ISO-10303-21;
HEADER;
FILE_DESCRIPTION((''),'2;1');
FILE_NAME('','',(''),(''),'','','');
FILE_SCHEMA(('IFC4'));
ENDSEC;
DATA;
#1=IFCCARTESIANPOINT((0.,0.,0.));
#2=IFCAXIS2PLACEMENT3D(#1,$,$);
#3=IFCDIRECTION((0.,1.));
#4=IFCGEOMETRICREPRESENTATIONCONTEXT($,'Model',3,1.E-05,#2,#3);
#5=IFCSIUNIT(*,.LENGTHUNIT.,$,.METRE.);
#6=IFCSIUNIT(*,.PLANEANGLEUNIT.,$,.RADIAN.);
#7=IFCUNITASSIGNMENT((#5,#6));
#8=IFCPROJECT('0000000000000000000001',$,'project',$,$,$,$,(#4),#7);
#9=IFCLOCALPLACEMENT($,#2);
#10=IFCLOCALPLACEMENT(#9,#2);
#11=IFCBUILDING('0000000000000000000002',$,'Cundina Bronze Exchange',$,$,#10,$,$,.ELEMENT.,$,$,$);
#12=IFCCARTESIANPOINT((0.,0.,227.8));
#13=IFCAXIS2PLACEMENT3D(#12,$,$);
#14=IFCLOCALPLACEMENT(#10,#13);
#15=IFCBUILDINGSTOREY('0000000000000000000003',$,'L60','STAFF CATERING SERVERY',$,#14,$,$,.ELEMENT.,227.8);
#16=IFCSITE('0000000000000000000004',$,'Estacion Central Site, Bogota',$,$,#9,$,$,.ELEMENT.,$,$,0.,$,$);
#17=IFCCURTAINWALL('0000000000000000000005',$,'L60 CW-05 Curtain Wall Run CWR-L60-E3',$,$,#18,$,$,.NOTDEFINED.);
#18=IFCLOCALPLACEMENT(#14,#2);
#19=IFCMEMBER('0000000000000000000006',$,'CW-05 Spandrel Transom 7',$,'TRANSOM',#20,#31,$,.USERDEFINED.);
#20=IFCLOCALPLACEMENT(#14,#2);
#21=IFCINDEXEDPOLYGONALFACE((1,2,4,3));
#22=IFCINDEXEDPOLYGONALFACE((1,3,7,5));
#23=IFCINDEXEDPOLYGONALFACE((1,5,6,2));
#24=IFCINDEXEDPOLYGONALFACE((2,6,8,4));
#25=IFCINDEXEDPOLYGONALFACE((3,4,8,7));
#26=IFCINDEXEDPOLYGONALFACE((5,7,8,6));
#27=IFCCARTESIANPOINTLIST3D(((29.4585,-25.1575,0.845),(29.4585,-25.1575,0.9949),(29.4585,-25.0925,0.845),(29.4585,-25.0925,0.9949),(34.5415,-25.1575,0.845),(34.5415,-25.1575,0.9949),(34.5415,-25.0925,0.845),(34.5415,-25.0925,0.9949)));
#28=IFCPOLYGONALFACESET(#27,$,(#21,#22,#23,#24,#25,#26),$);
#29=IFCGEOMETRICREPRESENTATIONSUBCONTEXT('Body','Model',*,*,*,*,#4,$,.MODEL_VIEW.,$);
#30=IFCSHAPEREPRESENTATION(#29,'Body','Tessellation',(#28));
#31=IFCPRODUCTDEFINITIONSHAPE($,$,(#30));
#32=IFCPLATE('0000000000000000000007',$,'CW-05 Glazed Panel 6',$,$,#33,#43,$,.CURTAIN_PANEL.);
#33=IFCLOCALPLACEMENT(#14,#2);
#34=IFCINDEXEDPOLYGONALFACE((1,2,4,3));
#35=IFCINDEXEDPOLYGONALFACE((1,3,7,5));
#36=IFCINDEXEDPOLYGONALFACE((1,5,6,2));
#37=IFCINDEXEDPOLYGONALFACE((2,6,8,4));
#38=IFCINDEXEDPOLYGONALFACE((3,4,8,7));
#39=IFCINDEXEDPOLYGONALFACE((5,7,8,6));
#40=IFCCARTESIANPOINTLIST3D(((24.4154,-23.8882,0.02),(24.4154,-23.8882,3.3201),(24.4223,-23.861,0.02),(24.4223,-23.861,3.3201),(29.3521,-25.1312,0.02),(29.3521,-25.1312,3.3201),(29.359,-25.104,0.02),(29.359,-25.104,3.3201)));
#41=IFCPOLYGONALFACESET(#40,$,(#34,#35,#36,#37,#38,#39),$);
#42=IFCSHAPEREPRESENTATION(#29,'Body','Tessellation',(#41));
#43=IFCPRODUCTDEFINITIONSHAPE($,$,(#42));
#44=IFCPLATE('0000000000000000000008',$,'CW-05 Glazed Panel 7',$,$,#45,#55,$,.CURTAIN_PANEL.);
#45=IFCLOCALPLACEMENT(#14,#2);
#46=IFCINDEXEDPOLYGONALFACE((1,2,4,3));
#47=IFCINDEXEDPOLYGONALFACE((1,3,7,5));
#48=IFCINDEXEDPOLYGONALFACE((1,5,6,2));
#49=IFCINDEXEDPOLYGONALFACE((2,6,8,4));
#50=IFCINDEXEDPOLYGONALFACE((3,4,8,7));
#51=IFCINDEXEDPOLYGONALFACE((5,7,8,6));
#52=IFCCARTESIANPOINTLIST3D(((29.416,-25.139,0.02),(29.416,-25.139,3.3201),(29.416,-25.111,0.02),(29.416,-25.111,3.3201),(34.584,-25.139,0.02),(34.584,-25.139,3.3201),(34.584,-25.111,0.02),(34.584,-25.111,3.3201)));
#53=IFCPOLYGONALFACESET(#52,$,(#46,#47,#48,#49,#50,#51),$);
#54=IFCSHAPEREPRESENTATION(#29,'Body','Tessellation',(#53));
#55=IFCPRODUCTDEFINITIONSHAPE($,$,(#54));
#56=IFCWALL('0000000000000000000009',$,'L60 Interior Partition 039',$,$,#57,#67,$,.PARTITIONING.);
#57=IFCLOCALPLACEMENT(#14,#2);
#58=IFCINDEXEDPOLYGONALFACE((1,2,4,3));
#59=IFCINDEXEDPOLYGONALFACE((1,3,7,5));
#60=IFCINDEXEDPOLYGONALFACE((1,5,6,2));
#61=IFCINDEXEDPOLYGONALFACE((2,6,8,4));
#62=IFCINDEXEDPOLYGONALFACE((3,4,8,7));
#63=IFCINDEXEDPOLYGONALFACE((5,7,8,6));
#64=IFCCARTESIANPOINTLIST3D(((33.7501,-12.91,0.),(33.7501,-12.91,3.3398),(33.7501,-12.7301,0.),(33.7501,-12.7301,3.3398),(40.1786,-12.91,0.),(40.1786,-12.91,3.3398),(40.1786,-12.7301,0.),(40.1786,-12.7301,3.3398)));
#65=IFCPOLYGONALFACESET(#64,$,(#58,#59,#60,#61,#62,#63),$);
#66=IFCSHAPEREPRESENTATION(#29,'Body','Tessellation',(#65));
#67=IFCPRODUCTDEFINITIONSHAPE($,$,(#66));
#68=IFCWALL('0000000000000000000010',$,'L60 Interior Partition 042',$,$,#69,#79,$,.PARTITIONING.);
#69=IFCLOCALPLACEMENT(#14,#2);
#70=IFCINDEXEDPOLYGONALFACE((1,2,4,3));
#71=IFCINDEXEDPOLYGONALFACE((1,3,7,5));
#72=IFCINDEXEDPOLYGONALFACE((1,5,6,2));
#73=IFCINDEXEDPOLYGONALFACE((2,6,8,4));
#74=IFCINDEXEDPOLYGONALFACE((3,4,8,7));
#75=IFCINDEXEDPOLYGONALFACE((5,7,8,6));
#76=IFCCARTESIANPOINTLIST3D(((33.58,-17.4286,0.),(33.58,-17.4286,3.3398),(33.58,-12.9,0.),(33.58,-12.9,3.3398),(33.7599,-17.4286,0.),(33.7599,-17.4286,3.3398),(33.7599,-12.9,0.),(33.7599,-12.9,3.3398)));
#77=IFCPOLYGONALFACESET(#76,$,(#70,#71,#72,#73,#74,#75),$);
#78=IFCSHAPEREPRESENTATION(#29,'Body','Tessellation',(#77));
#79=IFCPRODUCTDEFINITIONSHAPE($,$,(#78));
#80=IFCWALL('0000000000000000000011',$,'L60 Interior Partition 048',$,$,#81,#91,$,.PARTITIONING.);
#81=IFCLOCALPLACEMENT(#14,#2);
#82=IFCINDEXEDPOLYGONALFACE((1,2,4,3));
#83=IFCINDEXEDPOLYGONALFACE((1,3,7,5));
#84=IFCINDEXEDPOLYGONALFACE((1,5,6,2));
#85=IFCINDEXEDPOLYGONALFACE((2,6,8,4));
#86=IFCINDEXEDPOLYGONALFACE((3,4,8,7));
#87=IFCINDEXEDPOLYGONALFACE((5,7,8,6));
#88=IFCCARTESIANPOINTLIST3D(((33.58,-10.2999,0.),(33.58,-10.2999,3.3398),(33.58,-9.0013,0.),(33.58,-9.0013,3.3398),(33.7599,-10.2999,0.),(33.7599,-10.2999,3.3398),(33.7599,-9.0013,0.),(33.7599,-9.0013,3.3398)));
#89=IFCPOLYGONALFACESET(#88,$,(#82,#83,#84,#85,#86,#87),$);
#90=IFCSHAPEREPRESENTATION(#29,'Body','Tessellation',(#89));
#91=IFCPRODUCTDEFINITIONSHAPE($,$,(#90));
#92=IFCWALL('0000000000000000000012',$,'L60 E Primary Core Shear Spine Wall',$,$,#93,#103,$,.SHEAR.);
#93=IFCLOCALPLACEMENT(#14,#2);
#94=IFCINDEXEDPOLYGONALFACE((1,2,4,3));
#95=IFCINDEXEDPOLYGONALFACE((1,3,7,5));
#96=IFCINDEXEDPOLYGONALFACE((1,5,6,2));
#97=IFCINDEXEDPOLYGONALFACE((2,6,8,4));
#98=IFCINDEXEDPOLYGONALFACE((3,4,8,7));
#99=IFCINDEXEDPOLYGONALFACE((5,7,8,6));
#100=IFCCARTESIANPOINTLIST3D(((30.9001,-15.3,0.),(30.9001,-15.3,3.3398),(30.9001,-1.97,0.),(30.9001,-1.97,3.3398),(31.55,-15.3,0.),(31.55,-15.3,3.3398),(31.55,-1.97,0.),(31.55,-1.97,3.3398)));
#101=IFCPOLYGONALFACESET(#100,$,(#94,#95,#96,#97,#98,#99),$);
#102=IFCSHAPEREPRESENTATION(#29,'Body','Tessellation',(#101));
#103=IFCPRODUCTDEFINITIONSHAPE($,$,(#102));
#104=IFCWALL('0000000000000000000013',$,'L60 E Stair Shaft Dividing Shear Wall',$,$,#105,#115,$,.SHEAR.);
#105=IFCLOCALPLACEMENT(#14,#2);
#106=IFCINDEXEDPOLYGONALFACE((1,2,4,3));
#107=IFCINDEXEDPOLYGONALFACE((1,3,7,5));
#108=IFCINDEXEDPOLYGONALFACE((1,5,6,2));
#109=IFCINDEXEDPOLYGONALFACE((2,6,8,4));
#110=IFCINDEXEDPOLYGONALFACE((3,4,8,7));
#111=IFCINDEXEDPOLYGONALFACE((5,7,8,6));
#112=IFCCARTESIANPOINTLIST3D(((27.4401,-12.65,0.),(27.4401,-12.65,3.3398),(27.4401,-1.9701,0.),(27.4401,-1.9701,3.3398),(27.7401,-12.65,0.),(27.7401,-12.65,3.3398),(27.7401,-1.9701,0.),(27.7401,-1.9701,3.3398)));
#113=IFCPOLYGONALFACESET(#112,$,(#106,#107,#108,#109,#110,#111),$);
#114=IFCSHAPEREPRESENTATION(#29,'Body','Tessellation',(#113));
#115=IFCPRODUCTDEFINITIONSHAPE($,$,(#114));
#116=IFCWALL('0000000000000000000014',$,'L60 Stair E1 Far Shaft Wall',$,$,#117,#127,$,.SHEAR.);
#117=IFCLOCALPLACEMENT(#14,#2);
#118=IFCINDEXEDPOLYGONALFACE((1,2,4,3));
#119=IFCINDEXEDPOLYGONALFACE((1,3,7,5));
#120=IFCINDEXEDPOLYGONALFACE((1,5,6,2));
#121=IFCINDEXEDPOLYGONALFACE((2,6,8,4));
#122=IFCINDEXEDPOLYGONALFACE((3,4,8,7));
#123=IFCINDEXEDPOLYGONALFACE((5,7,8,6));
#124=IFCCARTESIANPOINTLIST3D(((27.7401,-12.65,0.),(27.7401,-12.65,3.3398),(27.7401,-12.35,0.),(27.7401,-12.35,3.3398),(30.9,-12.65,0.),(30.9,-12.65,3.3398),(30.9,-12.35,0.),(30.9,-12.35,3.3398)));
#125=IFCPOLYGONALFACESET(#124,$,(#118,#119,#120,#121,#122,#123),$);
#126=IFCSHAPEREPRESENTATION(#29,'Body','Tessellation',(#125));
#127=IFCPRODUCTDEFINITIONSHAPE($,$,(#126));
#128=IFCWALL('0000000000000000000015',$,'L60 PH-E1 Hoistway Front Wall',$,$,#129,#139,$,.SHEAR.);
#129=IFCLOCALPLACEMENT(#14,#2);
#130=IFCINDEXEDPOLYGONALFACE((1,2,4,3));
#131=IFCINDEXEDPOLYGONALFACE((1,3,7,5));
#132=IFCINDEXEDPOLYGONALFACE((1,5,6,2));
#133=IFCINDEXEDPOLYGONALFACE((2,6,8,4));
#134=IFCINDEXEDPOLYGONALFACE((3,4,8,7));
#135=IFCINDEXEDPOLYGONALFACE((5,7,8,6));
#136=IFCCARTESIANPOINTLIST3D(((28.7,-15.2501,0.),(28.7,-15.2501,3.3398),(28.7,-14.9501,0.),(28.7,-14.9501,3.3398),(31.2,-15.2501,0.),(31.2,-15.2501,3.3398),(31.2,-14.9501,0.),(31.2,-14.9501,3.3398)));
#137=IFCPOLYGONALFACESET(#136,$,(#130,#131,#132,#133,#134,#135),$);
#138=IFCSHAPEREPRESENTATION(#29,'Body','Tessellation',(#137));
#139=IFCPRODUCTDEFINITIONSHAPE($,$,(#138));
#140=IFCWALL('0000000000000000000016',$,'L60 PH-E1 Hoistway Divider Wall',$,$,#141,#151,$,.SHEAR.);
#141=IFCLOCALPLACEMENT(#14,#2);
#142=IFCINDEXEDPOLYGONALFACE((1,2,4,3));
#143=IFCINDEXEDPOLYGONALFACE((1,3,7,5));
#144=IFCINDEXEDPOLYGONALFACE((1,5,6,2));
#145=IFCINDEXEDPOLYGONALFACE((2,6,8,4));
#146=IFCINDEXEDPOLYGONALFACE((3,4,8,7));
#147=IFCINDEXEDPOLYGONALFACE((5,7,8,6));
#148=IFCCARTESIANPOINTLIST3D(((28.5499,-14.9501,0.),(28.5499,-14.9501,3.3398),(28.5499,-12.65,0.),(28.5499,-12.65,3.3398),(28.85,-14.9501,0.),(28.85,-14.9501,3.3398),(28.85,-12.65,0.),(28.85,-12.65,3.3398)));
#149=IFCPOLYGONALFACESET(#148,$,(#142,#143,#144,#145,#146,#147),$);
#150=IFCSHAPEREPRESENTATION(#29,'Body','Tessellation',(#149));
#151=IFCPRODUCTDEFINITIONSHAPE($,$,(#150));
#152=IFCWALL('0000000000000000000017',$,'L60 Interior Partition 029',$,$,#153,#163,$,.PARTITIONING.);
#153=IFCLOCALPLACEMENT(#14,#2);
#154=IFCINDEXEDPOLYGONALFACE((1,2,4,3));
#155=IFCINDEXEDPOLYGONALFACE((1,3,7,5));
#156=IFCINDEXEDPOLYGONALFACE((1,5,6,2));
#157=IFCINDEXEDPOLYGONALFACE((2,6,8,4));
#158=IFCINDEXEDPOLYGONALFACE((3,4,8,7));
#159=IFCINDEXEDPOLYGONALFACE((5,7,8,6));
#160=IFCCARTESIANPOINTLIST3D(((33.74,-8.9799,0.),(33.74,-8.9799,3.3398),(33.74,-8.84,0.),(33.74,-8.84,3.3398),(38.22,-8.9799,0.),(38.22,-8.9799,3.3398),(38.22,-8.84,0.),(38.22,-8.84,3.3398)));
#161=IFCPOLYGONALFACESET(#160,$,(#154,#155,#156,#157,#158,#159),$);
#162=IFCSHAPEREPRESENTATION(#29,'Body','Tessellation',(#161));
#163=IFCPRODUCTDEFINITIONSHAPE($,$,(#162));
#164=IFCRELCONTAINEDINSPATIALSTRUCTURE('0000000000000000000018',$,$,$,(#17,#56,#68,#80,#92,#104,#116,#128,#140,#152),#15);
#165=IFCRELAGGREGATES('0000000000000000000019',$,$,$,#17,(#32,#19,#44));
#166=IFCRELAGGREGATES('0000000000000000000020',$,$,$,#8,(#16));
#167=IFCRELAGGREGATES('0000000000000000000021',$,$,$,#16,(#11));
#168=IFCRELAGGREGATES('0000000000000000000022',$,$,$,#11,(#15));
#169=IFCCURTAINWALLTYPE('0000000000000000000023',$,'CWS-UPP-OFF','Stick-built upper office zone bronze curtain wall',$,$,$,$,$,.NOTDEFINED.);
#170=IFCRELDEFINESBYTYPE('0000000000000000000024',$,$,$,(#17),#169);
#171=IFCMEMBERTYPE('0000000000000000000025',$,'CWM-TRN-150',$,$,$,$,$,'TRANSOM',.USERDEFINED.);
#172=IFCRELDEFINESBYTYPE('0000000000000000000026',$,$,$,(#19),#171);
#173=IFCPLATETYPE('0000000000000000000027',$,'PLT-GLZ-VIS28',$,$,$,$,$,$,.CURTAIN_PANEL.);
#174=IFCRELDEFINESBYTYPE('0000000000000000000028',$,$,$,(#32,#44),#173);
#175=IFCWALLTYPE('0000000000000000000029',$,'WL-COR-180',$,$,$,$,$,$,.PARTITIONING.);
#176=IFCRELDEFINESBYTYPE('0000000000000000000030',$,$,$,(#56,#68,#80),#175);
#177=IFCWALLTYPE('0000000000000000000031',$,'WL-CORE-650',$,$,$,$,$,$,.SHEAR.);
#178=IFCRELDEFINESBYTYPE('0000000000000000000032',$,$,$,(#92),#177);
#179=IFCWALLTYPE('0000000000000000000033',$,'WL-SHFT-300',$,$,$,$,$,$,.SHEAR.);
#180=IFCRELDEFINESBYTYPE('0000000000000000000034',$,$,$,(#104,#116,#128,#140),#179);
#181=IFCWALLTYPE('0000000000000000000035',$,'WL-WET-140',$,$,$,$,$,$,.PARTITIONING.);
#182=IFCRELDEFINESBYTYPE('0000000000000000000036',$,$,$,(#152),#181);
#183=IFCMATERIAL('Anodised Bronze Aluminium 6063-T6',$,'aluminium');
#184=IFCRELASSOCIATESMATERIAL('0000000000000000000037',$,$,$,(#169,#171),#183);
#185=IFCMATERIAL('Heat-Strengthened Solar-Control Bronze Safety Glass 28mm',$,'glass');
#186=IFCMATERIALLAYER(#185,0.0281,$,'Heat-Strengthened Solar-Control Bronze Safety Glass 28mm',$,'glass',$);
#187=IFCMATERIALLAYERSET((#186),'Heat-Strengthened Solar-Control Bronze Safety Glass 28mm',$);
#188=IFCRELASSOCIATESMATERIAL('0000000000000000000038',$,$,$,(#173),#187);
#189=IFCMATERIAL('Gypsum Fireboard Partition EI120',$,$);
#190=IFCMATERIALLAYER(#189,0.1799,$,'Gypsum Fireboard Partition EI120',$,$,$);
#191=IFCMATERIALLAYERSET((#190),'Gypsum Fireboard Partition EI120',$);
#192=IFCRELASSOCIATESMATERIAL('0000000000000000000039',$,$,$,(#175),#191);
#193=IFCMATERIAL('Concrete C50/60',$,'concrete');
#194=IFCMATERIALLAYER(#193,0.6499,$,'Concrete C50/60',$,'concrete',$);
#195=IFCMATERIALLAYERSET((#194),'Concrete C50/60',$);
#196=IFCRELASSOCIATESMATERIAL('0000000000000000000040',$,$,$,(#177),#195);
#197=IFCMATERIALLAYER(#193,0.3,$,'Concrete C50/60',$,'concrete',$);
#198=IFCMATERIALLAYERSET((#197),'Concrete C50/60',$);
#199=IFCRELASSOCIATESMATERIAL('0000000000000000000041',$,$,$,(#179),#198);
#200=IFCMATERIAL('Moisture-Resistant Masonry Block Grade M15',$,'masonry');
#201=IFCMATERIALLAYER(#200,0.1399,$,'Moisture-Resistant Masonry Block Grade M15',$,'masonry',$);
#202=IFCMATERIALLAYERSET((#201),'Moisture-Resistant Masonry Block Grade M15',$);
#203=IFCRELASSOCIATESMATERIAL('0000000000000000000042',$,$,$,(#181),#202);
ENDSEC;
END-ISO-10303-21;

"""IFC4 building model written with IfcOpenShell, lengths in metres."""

from ifc_helpers import new_model, si_unit, direction, frame, frame_2d, origin, origin_2d, place, context, subcontext, project, spatial, rectangle, extrude, material, layer, layer_set, material_profile, profile_set, type_object, element, aggregate, save


model = new_model("IFC4")

# Units and contexts
model_context = context("Model", 3, precision=1e-05, world=origin(), true_north=direction((0.0, 1.0)))
body_context = subcontext(model_context, "Body", "Model", "MODEL_VIEW")
ifc_project = project(units=[si_unit("LENGTHUNIT", "METRE"), si_unit("PLANEANGLEUNIT", "RADIAN")], contexts=[model_context])

# Site, building, storey
site_placement = place(None, origin())
site = spatial("IfcSite", under=ifc_project, at=site_placement, Name="Estacion Central Site, Bogota", CompositionType="ELEMENT", RefElevation=0.0)
building_placement = place(site_placement, origin())
building = spatial("IfcBuilding", under=site, at=building_placement, Name="Cundina Bronze Exchange", CompositionType="ELEMENT")
storey_placement = place(building_placement, frame((0.0, 0.0, 227.8)))
storey = spatial("IfcBuildingStorey", under=building, at=storey_placement, Name="L60", Description="STAFF CATERING SERVERY", CompositionType="ELEMENT", Elevation=227.8)

# Shared definitions
ifc_material_1 = material(Name="Concrete C50/60", Category="concrete")

# Curtain wall
ifc_material_2 = material(Name="Anodised Bronze Aluminium 6063-T6", Category="aluminium")
curtain_wall_type = type_object("IfcCurtainWallType", Name="CWS-UPP-OFF", Description="Stick-built upper office zone bronze curtain wall", PredefinedType="NOTDEFINED", material=ifc_material_2)
curtain_wall_1_placement = place(storey_placement, origin())
curtain_wall_1 = element("IfcCurtainWall", 1, at=curtain_wall_1_placement, inside=storey, type_object=curtain_wall_type, Name="L60 CW-05 Curtain Wall Run CWR-L60-E3", PredefinedType="NOTDEFINED")

# Member
ifc_material_profile_1 = material_profile(ifc_material_2, rectangle(XDim=0.0649, YDim=0.1499, at=origin_2d()), Name="AL65X150", Category="aluminium")
ifc_profile_set_1 = profile_set([ifc_material_profile_1], Name="Anodised Bronze Aluminium 6063-T6")
member_type_1 = type_object("IfcMemberType", Name="CWM-TRN-150", ElementType="TRANSOM", PredefinedType="USERDEFINED", material=ifc_profile_set_1)
member_1_placement = place(storey_placement, frame((29.4585, -25.125, 0.9199), z_axis=(1.0, 0.0, 0.0), x_axis=(0.0, 1.0, 0.0)))
member_1 = element("IfcMember", 2, at=member_1_placement, type_object=member_type_1, Name="CW-05 Spandrel Transom 7", ObjectType="TRANSOM", PredefinedType="USERDEFINED", context=body_context, shape_type="SweptSolid", body=[
    extrude(rectangle(XDim=0.0649, YDim=0.1499, at=origin_2d()), origin(), (0.0, 0.0, 1.0), 5.083),
])

# Plates
ifc_material_3 = material(Name="Heat-Strengthened Solar-Control Bronze Safety Glass 28mm", Category="glass")
ifc_layer_1 = layer(ifc_material_3, 0.0281, Name="Heat-Strengthened Solar-Control Bronze Safety Glass 28mm", Category="glass")
ifc_layer_set_1 = layer_set([ifc_layer_1], Name="Heat-Strengthened Solar-Control Bronze Safety Glass 28mm")
plate_type = type_object("IfcPlateType", Name="PLT-GLZ-VIS28", PredefinedType="CURTAIN_PANEL", material=ifc_layer_set_1)
plate_1_placement = place(storey_placement, frame((26.8872, -24.4961, 0.02), z_axis=(0.0, 0.0, 1.0), x_axis=(0.969732, -0.244174, 0.0)))
plate_1 = element("IfcPlate", 3, at=plate_1_placement, type_object=plate_type, Name="CW-05 Glazed Panel 6", PredefinedType="CURTAIN_PANEL", context=body_context, shape_type="SweptSolid", body=[
    extrude(rectangle(XDim=5.0908, YDim=0.0281, at=origin_2d()), origin(), (0.0, 0.0, 1.0), 3.3),
])
plate_2_placement = place(storey_placement, frame((32.0, -25.125, 0.02), z_axis=(0.0, 0.0, 1.0), x_axis=(1.0, 0.0, 0.0)))
plate_2 = element("IfcPlate", 4, at=plate_2_placement, type_object=plate_type, Name="CW-05 Glazed Panel 7", PredefinedType="CURTAIN_PANEL", context=body_context, shape_type="SweptSolid", body=[
    extrude(rectangle(XDim=5.168, YDim=0.0281, at=origin_2d()), origin(), (0.0, 0.0, 1.0), 3.3),
])
aggregate(curtain_wall_1, [plate_1, member_1, plate_2])

# Shared definitions
ifc_material_4 = material(Name="Gypsum Fireboard Partition EI120")
ifc_layer_2 = layer(ifc_material_4, 0.1799, Name="Gypsum Fireboard Partition EI120")
ifc_layer_set_2 = layer_set([ifc_layer_2], Name="Gypsum Fireboard Partition EI120")
wall_type_1 = type_object("IfcWallType", Name="WL-COR-180", PredefinedType="PARTITIONING", material=ifc_layer_set_2)

# Walls
wall_1_placement = place(storey_placement, frame((33.75, -12.8201, 0.0), z_axis=(0.0, 0.0, 1.0), x_axis=(1.0, 0.0, 0.0)))
element("IfcWall", 5, at=wall_1_placement, inside=storey, type_object=wall_type_1, Name="L60 Interior Partition 039", PredefinedType="PARTITIONING", context=body_context, shape_type="SweptSolid", body=[
    extrude(rectangle(XDim=6.4285, YDim=0.1799, at=frame_2d((3.2144, 0.0))), origin(), (0.0, 0.0, 1.0), 3.3398),
])
wall_2_placement = place(storey_placement, frame((33.6699, -17.4285, 0.0), z_axis=(0.0, 0.0, 1.0), x_axis=(0.0, 1.0, 0.0)))
element("IfcWall", 6, at=wall_2_placement, inside=storey, type_object=wall_type_1, Name="L60 Interior Partition 042", PredefinedType="PARTITIONING", context=body_context, shape_type="SweptSolid", body=[
    extrude(rectangle(XDim=4.5286, YDim=0.1799, at=frame_2d((2.2642, 0.0))), origin(), (0.0, 0.0, 1.0), 3.3398),
])
wall_3_placement = place(storey_placement, frame((33.6699, -10.3, 0.0), z_axis=(0.0, 0.0, 1.0), x_axis=(0.0, 1.0, 0.0)))
element("IfcWall", 7, at=wall_3_placement, inside=storey, type_object=wall_type_1, Name="L60 Interior Partition 048", PredefinedType="PARTITIONING", context=body_context, shape_type="SweptSolid", body=[
    extrude(rectangle(XDim=1.2986, YDim=0.1799, at=frame_2d((0.6494, 0.0))), origin(), (0.0, 0.0, 1.0), 3.3398),
])
ifc_layer_3 = layer(ifc_material_1, 0.6499, Name="Concrete C50/60", Category="concrete")
ifc_layer_set_3 = layer_set([ifc_layer_3], Name="Concrete C50/60")
wall_type_2 = type_object("IfcWallType", Name="WL-CORE-650", PredefinedType="SHEAR", material=ifc_layer_set_3)
wall_4_placement = place(storey_placement, frame((31.2251, -15.3, 0.0), z_axis=(0.0, 0.0, 1.0), x_axis=(0.0, 1.0, 0.0)))
element("IfcWall", 8, at=wall_4_placement, inside=storey, type_object=wall_type_2, Name="L60 E Primary Core Shear Spine Wall", PredefinedType="SHEAR", context=body_context, shape_type="SweptSolid", body=[
    extrude(rectangle(XDim=13.3301, YDim=0.6499, at=frame_2d((6.665, 0.0))), origin(), (0.0, 0.0, 1.0), 3.3398),
])
ifc_layer_4 = layer(ifc_material_1, 0.3, Name="Concrete C50/60", Category="concrete")
ifc_layer_set_4 = layer_set([ifc_layer_4], Name="Concrete C50/60")
wall_type_3 = type_object("IfcWallType", Name="WL-SHFT-300", PredefinedType="SHEAR", material=ifc_layer_set_4)
wall_5_placement = place(storey_placement, frame((27.5901, -12.6499, 0.0), z_axis=(0.0, 0.0, 1.0), x_axis=(0.0, 1.0, 0.0)))
element("IfcWall", 9, at=wall_5_placement, inside=storey, type_object=wall_type_3, Name="L60 E Stair Shaft Dividing Shear Wall", PredefinedType="SHEAR", context=body_context, shape_type="SweptSolid", body=[
    extrude(rectangle(XDim=10.6799, YDim=0.3, at=frame_2d((5.3398, 0.0))), origin(), (0.0, 0.0, 1.0), 3.3398),
])
wall_6_placement = place(storey_placement, frame((27.74, -12.5, 0.0), z_axis=(0.0, 0.0, 1.0), x_axis=(1.0, 0.0, 0.0)))
element("IfcWall", 10, at=wall_6_placement, inside=storey, type_object=wall_type_3, Name="L60 Stair E1 Far Shaft Wall", PredefinedType="SHEAR", context=body_context, shape_type="SweptSolid", body=[
    extrude(rectangle(XDim=3.1599, YDim=0.3, at=frame_2d((1.5801, 0.0))), origin(), (0.0, 0.0, 1.0), 3.3398),
])
wall_7_placement = place(storey_placement, frame((28.7, -15.1001, 0.0), z_axis=(0.0, 0.0, 1.0), x_axis=(1.0, 0.0, 0.0)))
element("IfcWall", 11, at=wall_7_placement, inside=storey, type_object=wall_type_3, Name="L60 PH-E1 Hoistway Front Wall", PredefinedType="SHEAR", context=body_context, shape_type="SweptSolid", body=[
    extrude(rectangle(XDim=2.5, YDim=0.3, at=frame_2d((1.25, 0.0))), origin(), (0.0, 0.0, 1.0), 3.3398),
])
wall_8_placement = place(storey_placement, frame((28.7, -14.95, 0.0), z_axis=(0.0, 0.0, 1.0), x_axis=(0.0, 1.0, 0.0)))
element("IfcWall", 12, at=wall_8_placement, inside=storey, type_object=wall_type_3, Name="L60 PH-E1 Hoistway Divider Wall", PredefinedType="SHEAR", context=body_context, shape_type="SweptSolid", body=[
    extrude(rectangle(XDim=2.3, YDim=0.3, at=frame_2d((1.1499, 0.0))), origin(), (0.0, 0.0, 1.0), 3.3398),
])
ifc_material_5 = material(Name="Moisture-Resistant Masonry Block Grade M15", Category="masonry")
ifc_layer_5 = layer(ifc_material_5, 0.1399, Name="Moisture-Resistant Masonry Block Grade M15", Category="masonry")
ifc_layer_set_5 = layer_set([ifc_layer_5], Name="Moisture-Resistant Masonry Block Grade M15")
wall_type_4 = type_object("IfcWallType", Name="WL-WET-140", PredefinedType="PARTITIONING", material=ifc_layer_set_5)
wall_9_placement = place(storey_placement, frame((33.74, -8.9099, 0.0), z_axis=(0.0, 0.0, 1.0), x_axis=(1.0, 0.0, 0.0)))
element("IfcWall", 13, at=wall_9_placement, inside=storey, type_object=wall_type_4, Name="L60 Interior Partition 029", PredefinedType="PARTITIONING", context=body_context, shape_type="SweptSolid", body=[
    extrude(rectangle(XDim=4.48, YDim=0.1399, at=frame_2d((2.24, 0.0))), origin(), (0.0, 0.0, 1.0), 3.3398),
])

save(model, "model.ifc")
